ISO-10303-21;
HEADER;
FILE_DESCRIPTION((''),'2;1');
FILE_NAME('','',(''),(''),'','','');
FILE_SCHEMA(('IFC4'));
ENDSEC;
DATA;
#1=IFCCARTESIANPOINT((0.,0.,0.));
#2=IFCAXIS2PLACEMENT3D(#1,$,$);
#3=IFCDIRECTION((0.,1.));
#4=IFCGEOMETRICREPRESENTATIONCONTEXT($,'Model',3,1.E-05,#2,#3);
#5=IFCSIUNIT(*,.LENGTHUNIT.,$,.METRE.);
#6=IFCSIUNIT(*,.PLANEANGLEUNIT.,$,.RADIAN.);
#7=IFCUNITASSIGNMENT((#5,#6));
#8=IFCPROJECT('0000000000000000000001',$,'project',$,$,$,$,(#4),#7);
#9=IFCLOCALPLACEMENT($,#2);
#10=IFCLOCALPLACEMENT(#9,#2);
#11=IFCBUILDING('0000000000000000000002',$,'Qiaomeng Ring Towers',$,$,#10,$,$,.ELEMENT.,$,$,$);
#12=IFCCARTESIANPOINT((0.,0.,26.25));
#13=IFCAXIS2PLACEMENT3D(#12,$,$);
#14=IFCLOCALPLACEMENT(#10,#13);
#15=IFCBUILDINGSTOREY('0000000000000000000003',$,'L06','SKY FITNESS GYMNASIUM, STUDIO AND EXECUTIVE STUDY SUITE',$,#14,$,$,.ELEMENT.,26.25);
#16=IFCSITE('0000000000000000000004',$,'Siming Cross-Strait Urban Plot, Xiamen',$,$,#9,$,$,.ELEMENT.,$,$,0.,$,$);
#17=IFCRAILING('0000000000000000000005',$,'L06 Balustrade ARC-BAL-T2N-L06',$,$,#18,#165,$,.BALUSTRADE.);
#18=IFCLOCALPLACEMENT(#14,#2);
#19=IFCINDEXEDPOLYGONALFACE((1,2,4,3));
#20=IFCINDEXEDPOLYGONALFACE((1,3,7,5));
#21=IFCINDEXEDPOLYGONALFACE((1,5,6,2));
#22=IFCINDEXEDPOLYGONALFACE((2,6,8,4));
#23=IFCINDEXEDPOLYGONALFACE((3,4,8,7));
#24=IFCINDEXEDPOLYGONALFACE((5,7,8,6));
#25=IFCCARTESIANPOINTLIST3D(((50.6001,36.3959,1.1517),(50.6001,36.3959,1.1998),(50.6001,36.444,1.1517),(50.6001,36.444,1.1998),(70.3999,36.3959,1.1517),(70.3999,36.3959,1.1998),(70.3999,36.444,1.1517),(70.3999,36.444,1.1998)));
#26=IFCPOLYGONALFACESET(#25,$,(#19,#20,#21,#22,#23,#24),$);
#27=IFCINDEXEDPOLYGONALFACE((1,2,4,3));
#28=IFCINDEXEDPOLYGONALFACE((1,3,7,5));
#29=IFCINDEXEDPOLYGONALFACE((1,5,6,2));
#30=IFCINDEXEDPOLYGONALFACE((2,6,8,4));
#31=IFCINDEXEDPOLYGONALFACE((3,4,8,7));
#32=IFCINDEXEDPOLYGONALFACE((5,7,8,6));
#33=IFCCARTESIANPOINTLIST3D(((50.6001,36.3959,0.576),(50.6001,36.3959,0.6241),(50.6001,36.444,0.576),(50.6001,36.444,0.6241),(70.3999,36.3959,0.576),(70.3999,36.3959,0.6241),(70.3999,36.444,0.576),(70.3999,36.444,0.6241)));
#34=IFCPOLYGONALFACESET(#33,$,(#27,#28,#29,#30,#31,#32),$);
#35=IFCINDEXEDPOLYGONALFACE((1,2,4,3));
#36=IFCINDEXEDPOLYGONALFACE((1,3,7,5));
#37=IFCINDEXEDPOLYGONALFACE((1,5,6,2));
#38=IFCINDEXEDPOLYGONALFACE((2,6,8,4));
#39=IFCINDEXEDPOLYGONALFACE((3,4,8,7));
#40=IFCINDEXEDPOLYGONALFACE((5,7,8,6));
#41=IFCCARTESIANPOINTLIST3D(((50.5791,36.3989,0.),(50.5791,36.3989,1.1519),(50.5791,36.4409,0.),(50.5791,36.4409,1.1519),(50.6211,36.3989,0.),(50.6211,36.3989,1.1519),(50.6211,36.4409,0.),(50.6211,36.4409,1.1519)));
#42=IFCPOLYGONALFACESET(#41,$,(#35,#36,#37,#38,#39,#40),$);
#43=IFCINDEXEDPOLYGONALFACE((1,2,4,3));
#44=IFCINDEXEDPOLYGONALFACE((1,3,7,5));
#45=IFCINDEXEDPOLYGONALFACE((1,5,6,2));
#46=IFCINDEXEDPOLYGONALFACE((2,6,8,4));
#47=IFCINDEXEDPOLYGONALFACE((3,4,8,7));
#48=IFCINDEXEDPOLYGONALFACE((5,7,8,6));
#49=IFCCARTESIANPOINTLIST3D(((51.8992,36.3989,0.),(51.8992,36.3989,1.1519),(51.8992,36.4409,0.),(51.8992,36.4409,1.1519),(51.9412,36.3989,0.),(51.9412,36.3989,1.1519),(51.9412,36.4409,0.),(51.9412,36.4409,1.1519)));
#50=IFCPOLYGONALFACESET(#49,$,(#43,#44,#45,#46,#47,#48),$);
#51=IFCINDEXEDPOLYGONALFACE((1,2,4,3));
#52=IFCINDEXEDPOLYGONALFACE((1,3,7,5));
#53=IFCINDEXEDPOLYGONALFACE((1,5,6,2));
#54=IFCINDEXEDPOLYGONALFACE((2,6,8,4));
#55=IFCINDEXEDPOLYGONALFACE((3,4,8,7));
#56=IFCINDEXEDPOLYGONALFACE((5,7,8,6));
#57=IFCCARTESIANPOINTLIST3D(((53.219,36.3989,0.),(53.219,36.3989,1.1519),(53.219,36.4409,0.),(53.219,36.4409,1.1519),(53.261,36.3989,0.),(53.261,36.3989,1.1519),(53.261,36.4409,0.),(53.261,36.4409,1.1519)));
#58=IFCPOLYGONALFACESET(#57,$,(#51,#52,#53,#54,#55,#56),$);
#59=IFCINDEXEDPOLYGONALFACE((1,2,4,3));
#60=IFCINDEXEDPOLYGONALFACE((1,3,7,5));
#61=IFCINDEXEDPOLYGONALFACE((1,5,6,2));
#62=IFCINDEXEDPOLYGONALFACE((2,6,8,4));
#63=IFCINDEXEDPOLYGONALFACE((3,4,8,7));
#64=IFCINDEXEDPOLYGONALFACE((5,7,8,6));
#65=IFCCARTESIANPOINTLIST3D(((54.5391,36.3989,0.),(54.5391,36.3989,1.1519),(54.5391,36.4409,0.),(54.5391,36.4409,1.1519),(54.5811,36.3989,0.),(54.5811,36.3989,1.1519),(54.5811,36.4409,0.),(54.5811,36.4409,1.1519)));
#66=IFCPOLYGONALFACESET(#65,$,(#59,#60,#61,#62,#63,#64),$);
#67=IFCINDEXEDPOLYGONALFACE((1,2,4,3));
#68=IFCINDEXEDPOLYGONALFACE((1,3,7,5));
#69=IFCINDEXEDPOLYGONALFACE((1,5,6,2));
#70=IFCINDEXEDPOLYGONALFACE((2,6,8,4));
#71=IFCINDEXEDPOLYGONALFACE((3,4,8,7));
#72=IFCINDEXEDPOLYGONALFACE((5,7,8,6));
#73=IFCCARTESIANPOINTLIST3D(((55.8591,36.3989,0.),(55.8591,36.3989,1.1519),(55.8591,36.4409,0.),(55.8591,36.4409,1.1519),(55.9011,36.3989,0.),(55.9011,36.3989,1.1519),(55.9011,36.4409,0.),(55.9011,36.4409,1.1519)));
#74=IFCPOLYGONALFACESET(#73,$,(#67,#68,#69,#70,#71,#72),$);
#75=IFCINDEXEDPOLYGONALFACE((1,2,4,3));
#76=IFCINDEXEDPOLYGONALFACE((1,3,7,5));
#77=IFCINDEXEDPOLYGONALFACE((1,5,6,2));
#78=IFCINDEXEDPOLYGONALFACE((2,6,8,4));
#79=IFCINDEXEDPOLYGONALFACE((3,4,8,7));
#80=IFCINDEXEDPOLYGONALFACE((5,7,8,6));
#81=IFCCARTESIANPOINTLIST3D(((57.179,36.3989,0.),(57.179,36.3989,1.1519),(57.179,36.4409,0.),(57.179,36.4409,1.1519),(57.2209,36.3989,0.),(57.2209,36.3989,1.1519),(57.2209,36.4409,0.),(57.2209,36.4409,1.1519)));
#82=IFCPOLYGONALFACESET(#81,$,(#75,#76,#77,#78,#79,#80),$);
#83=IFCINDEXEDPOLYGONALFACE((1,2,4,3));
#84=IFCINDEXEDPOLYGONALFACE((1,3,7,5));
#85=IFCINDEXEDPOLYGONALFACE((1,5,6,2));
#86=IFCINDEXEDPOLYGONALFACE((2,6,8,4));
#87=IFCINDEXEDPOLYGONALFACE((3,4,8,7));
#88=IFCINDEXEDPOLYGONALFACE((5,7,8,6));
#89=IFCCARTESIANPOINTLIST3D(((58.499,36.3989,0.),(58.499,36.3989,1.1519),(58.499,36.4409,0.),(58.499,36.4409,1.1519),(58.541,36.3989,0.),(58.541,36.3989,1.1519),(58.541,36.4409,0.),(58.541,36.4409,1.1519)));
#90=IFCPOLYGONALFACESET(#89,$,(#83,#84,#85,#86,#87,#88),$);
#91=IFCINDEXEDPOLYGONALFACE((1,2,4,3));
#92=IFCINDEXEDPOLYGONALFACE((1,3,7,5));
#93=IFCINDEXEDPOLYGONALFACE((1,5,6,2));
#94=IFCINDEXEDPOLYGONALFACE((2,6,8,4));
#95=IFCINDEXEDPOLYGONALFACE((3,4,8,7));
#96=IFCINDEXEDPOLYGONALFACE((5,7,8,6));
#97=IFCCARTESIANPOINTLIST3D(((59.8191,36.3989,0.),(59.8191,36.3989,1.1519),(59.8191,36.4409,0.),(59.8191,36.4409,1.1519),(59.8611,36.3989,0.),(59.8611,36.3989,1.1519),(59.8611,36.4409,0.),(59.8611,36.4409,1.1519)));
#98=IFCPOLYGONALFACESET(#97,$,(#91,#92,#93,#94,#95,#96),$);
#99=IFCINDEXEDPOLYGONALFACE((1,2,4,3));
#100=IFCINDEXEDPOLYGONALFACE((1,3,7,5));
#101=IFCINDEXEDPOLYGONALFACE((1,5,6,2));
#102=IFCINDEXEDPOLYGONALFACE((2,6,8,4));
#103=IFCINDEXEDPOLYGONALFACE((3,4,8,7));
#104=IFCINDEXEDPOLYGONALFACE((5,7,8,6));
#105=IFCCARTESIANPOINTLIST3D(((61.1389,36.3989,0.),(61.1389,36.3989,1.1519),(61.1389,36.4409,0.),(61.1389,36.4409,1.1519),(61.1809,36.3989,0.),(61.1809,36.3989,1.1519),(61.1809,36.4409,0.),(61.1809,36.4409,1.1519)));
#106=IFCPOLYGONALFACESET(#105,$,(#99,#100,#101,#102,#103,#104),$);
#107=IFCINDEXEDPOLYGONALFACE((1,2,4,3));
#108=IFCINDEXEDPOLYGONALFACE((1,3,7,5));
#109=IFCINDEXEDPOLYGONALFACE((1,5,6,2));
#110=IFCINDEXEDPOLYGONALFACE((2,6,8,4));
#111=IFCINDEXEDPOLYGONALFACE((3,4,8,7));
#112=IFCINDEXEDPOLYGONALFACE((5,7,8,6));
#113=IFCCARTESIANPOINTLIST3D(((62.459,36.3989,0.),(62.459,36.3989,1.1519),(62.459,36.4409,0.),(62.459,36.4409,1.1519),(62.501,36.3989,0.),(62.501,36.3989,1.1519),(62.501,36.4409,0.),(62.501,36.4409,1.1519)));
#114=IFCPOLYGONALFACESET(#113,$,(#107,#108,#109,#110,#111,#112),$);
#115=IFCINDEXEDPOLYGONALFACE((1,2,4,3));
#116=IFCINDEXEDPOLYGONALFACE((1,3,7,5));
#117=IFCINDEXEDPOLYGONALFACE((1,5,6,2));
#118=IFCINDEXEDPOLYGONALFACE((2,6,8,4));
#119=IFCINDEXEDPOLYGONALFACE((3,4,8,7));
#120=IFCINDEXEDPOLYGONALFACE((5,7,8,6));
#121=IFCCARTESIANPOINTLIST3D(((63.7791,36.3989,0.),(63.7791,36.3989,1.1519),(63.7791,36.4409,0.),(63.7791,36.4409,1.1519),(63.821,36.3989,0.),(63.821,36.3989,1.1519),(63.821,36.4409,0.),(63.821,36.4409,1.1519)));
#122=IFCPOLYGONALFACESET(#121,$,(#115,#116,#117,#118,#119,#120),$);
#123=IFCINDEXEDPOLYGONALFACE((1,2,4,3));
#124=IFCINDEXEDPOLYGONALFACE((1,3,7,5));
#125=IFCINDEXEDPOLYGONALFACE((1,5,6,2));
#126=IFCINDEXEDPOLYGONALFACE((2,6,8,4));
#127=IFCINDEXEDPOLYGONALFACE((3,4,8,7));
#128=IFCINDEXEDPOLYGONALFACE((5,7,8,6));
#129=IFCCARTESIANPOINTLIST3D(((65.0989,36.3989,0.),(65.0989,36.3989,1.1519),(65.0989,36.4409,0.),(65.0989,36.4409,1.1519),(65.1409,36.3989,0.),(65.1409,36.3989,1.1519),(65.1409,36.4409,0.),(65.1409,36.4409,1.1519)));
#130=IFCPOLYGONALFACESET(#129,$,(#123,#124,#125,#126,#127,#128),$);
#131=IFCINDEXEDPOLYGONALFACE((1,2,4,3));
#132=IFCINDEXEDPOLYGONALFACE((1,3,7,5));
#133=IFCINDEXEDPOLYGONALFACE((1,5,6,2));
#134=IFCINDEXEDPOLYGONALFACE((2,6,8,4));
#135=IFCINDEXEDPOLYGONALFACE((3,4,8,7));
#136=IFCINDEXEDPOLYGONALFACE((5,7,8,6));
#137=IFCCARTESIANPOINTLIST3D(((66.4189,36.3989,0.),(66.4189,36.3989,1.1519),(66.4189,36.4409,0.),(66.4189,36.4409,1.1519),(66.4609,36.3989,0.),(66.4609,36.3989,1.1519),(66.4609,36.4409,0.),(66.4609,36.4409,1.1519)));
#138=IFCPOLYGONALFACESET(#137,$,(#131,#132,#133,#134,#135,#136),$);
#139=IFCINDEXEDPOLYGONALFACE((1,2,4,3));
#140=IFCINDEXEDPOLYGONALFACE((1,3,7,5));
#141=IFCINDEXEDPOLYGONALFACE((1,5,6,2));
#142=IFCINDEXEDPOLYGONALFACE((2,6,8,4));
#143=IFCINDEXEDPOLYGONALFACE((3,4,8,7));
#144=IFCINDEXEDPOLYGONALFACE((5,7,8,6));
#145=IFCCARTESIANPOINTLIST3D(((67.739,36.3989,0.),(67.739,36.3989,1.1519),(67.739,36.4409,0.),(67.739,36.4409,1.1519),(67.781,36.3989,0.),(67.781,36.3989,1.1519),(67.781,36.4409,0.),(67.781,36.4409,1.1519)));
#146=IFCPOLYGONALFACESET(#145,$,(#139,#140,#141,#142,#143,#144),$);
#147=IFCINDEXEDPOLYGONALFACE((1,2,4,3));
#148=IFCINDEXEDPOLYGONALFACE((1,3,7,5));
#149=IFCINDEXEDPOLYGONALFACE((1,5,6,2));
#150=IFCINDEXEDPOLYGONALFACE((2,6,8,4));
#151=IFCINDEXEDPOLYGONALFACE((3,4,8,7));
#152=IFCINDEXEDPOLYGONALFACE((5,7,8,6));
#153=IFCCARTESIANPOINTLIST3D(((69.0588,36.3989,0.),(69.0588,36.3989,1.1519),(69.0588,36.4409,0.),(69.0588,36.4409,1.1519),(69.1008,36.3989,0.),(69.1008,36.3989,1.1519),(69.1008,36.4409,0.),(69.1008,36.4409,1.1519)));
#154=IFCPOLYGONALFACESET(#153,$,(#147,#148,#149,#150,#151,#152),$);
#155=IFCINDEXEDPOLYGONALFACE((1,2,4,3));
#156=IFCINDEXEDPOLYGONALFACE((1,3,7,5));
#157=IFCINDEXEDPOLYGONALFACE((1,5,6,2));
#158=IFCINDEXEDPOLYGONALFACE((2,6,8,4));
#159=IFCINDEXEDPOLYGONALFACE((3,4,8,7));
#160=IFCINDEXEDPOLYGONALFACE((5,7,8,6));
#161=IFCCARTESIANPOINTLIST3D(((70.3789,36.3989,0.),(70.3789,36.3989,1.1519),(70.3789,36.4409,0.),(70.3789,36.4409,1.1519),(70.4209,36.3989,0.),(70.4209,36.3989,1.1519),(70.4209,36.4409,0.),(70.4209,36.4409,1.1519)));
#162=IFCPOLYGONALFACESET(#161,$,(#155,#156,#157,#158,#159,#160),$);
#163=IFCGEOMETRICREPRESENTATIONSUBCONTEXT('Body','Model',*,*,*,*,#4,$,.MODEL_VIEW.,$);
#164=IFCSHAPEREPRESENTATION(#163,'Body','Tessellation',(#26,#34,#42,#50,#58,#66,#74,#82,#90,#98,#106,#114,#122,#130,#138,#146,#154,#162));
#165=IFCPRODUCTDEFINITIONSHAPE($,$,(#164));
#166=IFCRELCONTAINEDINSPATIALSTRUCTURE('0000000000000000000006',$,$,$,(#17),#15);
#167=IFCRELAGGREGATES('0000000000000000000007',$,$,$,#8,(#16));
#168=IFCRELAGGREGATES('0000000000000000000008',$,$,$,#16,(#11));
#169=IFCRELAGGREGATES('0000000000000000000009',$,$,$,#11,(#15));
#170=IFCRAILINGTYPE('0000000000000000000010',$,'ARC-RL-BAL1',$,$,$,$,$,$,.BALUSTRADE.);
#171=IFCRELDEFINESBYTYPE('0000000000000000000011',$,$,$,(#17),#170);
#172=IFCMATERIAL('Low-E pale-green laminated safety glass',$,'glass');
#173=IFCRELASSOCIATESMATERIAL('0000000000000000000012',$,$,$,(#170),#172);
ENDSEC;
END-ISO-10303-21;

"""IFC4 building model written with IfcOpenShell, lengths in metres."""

from ifc_helpers import new_model, si_unit, direction, frame, origin, origin_2d, place, context, subcontext, project, spatial, rectangle, extrude, material, type_object, element, save


model = new_model("IFC4")

# Units and contexts
model_context = context("Model", 3, precision=1e-05, world=origin(), true_north=direction((0.0, 1.0)))
body_context = subcontext(model_context, "Body", "Model", "MODEL_VIEW")
ifc_project = project(units=[si_unit("LENGTHUNIT", "METRE"), si_unit("PLANEANGLEUNIT", "RADIAN")], contexts=[model_context])

# Site, building, storey
site_placement = place(None, origin())
site = spatial("IfcSite", under=ifc_project, at=site_placement, Name="Siming Cross-Strait Urban Plot, Xiamen", CompositionType="ELEMENT", RefElevation=0.0)
building_placement = place(site_placement, origin())
building = spatial("IfcBuilding", under=site, at=building_placement, Name="Qiaomeng Ring Towers", CompositionType="ELEMENT")
storey_placement = place(building_placement, frame((0.0, 0.0, 26.25)))
storey = spatial("IfcBuildingStorey", under=building, at=storey_placement, Name="L06", Description="SKY FITNESS GYMNASIUM, STUDIO AND EXECUTIVE STUDY SUITE", CompositionType="ELEMENT", Elevation=26.25)

# Railing
ifc_material_1 = material(Name="Low-E pale-green laminated safety glass", Category="glass")
railing_type = type_object("IfcRailingType", Name="ARC-RL-BAL1", PredefinedType="BALUSTRADE", material=ifc_material_1)
railing_1_placement = place(storey_placement, frame((50.6001, 36.4199, 0.0)))
element("IfcRailing", 1, at=railing_1_placement, inside=storey, type_object=railing_type, Name="L06 Balustrade ARC-BAL-T2N-L06", PredefinedType="BALUSTRADE", context=body_context, shape_type="SweptSolid", body=[
    extrude(rectangle(XDim=0.0481, YDim=0.0481, at=origin_2d()), frame((0.0, 0.0, 1.1758), z_axis=(1.0, 0.0, 0.0), x_axis=(0.0, 1.0, 0.0)), (0.0, 0.0, 1.0), 19.7998),
    extrude(rectangle(XDim=0.0481, YDim=0.0481, at=origin_2d()), frame((0.0, 0.0, 0.6001), z_axis=(1.0, 0.0, 0.0), x_axis=(0.0, 1.0, 0.0)), (0.0, 0.0, 1.0), 19.7998),
    extrude(rectangle(XDim=0.042, YDim=0.042, at=origin_2d()), origin(), (0.0, 0.0, 1.0), 1.1519),
    extrude(rectangle(XDim=0.042, YDim=0.042, at=origin_2d()), frame((1.3201, 0.0, 0.0)), (0.0, 0.0, 1.0), 1.1519),
    extrude(rectangle(XDim=0.042, YDim=0.042, at=origin_2d()), frame((2.6399, 0.0, 0.0)), (0.0, 0.0, 1.0), 1.1519),
    extrude(rectangle(XDim=0.042, YDim=0.042, at=origin_2d()), frame((3.96, 0.0, 0.0)), (0.0, 0.0, 1.0), 1.1519),
    extrude(rectangle(XDim=0.042, YDim=0.042, at=origin_2d()), frame((5.28, 0.0, 0.0)), (0.0, 0.0, 1.0), 1.1519),
    extrude(rectangle(XDim=0.042, YDim=0.042, at=origin_2d()), frame((6.5999, 0.0, 0.0)), (0.0, 0.0, 1.0), 1.1519),
    extrude(rectangle(XDim=0.042, YDim=0.042, at=origin_2d()), frame((7.9199, 0.0, 0.0)), (0.0, 0.0, 1.0), 1.1519),
    extrude(rectangle(XDim=0.042, YDim=0.042, at=origin_2d()), frame((9.24, 0.0, 0.0)), (0.0, 0.0, 1.0), 1.1519),
    extrude(rectangle(XDim=0.042, YDim=0.042, at=origin_2d()), frame((10.5598, 0.0, 0.0)), (0.0, 0.0, 1.0), 1.1519),
    extrude(rectangle(XDim=0.042, YDim=0.042, at=origin_2d()), frame((11.8799, 0.0, 0.0)), (0.0, 0.0, 1.0), 1.1519),
    extrude(rectangle(XDim=0.042, YDim=0.042, at=origin_2d()), frame((13.2, 0.0, 0.0)), (0.0, 0.0, 1.0), 1.1519),
    extrude(rectangle(XDim=0.042, YDim=0.042, at=origin_2d()), frame((14.5198, 0.0, 0.0)), (0.0, 0.0, 1.0), 1.1519),
    extrude(rectangle(XDim=0.042, YDim=0.042, at=origin_2d()), frame((15.8398, 0.0, 0.0)), (0.0, 0.0, 1.0), 1.1519),
    extrude(rectangle(XDim=0.042, YDim=0.042, at=origin_2d()), frame((17.1599, 0.0, 0.0)), (0.0, 0.0, 1.0), 1.1519),
    extrude(rectangle(XDim=0.042, YDim=0.042, at=origin_2d()), frame((18.4797, 0.0, 0.0)), (0.0, 0.0, 1.0), 1.1519),
    extrude(rectangle(XDim=0.042, YDim=0.042, at=origin_2d()), frame((19.7998, 0.0, 0.0)), (0.0, 0.0, 1.0), 1.1519),
])

save(model, "model.ifc")
